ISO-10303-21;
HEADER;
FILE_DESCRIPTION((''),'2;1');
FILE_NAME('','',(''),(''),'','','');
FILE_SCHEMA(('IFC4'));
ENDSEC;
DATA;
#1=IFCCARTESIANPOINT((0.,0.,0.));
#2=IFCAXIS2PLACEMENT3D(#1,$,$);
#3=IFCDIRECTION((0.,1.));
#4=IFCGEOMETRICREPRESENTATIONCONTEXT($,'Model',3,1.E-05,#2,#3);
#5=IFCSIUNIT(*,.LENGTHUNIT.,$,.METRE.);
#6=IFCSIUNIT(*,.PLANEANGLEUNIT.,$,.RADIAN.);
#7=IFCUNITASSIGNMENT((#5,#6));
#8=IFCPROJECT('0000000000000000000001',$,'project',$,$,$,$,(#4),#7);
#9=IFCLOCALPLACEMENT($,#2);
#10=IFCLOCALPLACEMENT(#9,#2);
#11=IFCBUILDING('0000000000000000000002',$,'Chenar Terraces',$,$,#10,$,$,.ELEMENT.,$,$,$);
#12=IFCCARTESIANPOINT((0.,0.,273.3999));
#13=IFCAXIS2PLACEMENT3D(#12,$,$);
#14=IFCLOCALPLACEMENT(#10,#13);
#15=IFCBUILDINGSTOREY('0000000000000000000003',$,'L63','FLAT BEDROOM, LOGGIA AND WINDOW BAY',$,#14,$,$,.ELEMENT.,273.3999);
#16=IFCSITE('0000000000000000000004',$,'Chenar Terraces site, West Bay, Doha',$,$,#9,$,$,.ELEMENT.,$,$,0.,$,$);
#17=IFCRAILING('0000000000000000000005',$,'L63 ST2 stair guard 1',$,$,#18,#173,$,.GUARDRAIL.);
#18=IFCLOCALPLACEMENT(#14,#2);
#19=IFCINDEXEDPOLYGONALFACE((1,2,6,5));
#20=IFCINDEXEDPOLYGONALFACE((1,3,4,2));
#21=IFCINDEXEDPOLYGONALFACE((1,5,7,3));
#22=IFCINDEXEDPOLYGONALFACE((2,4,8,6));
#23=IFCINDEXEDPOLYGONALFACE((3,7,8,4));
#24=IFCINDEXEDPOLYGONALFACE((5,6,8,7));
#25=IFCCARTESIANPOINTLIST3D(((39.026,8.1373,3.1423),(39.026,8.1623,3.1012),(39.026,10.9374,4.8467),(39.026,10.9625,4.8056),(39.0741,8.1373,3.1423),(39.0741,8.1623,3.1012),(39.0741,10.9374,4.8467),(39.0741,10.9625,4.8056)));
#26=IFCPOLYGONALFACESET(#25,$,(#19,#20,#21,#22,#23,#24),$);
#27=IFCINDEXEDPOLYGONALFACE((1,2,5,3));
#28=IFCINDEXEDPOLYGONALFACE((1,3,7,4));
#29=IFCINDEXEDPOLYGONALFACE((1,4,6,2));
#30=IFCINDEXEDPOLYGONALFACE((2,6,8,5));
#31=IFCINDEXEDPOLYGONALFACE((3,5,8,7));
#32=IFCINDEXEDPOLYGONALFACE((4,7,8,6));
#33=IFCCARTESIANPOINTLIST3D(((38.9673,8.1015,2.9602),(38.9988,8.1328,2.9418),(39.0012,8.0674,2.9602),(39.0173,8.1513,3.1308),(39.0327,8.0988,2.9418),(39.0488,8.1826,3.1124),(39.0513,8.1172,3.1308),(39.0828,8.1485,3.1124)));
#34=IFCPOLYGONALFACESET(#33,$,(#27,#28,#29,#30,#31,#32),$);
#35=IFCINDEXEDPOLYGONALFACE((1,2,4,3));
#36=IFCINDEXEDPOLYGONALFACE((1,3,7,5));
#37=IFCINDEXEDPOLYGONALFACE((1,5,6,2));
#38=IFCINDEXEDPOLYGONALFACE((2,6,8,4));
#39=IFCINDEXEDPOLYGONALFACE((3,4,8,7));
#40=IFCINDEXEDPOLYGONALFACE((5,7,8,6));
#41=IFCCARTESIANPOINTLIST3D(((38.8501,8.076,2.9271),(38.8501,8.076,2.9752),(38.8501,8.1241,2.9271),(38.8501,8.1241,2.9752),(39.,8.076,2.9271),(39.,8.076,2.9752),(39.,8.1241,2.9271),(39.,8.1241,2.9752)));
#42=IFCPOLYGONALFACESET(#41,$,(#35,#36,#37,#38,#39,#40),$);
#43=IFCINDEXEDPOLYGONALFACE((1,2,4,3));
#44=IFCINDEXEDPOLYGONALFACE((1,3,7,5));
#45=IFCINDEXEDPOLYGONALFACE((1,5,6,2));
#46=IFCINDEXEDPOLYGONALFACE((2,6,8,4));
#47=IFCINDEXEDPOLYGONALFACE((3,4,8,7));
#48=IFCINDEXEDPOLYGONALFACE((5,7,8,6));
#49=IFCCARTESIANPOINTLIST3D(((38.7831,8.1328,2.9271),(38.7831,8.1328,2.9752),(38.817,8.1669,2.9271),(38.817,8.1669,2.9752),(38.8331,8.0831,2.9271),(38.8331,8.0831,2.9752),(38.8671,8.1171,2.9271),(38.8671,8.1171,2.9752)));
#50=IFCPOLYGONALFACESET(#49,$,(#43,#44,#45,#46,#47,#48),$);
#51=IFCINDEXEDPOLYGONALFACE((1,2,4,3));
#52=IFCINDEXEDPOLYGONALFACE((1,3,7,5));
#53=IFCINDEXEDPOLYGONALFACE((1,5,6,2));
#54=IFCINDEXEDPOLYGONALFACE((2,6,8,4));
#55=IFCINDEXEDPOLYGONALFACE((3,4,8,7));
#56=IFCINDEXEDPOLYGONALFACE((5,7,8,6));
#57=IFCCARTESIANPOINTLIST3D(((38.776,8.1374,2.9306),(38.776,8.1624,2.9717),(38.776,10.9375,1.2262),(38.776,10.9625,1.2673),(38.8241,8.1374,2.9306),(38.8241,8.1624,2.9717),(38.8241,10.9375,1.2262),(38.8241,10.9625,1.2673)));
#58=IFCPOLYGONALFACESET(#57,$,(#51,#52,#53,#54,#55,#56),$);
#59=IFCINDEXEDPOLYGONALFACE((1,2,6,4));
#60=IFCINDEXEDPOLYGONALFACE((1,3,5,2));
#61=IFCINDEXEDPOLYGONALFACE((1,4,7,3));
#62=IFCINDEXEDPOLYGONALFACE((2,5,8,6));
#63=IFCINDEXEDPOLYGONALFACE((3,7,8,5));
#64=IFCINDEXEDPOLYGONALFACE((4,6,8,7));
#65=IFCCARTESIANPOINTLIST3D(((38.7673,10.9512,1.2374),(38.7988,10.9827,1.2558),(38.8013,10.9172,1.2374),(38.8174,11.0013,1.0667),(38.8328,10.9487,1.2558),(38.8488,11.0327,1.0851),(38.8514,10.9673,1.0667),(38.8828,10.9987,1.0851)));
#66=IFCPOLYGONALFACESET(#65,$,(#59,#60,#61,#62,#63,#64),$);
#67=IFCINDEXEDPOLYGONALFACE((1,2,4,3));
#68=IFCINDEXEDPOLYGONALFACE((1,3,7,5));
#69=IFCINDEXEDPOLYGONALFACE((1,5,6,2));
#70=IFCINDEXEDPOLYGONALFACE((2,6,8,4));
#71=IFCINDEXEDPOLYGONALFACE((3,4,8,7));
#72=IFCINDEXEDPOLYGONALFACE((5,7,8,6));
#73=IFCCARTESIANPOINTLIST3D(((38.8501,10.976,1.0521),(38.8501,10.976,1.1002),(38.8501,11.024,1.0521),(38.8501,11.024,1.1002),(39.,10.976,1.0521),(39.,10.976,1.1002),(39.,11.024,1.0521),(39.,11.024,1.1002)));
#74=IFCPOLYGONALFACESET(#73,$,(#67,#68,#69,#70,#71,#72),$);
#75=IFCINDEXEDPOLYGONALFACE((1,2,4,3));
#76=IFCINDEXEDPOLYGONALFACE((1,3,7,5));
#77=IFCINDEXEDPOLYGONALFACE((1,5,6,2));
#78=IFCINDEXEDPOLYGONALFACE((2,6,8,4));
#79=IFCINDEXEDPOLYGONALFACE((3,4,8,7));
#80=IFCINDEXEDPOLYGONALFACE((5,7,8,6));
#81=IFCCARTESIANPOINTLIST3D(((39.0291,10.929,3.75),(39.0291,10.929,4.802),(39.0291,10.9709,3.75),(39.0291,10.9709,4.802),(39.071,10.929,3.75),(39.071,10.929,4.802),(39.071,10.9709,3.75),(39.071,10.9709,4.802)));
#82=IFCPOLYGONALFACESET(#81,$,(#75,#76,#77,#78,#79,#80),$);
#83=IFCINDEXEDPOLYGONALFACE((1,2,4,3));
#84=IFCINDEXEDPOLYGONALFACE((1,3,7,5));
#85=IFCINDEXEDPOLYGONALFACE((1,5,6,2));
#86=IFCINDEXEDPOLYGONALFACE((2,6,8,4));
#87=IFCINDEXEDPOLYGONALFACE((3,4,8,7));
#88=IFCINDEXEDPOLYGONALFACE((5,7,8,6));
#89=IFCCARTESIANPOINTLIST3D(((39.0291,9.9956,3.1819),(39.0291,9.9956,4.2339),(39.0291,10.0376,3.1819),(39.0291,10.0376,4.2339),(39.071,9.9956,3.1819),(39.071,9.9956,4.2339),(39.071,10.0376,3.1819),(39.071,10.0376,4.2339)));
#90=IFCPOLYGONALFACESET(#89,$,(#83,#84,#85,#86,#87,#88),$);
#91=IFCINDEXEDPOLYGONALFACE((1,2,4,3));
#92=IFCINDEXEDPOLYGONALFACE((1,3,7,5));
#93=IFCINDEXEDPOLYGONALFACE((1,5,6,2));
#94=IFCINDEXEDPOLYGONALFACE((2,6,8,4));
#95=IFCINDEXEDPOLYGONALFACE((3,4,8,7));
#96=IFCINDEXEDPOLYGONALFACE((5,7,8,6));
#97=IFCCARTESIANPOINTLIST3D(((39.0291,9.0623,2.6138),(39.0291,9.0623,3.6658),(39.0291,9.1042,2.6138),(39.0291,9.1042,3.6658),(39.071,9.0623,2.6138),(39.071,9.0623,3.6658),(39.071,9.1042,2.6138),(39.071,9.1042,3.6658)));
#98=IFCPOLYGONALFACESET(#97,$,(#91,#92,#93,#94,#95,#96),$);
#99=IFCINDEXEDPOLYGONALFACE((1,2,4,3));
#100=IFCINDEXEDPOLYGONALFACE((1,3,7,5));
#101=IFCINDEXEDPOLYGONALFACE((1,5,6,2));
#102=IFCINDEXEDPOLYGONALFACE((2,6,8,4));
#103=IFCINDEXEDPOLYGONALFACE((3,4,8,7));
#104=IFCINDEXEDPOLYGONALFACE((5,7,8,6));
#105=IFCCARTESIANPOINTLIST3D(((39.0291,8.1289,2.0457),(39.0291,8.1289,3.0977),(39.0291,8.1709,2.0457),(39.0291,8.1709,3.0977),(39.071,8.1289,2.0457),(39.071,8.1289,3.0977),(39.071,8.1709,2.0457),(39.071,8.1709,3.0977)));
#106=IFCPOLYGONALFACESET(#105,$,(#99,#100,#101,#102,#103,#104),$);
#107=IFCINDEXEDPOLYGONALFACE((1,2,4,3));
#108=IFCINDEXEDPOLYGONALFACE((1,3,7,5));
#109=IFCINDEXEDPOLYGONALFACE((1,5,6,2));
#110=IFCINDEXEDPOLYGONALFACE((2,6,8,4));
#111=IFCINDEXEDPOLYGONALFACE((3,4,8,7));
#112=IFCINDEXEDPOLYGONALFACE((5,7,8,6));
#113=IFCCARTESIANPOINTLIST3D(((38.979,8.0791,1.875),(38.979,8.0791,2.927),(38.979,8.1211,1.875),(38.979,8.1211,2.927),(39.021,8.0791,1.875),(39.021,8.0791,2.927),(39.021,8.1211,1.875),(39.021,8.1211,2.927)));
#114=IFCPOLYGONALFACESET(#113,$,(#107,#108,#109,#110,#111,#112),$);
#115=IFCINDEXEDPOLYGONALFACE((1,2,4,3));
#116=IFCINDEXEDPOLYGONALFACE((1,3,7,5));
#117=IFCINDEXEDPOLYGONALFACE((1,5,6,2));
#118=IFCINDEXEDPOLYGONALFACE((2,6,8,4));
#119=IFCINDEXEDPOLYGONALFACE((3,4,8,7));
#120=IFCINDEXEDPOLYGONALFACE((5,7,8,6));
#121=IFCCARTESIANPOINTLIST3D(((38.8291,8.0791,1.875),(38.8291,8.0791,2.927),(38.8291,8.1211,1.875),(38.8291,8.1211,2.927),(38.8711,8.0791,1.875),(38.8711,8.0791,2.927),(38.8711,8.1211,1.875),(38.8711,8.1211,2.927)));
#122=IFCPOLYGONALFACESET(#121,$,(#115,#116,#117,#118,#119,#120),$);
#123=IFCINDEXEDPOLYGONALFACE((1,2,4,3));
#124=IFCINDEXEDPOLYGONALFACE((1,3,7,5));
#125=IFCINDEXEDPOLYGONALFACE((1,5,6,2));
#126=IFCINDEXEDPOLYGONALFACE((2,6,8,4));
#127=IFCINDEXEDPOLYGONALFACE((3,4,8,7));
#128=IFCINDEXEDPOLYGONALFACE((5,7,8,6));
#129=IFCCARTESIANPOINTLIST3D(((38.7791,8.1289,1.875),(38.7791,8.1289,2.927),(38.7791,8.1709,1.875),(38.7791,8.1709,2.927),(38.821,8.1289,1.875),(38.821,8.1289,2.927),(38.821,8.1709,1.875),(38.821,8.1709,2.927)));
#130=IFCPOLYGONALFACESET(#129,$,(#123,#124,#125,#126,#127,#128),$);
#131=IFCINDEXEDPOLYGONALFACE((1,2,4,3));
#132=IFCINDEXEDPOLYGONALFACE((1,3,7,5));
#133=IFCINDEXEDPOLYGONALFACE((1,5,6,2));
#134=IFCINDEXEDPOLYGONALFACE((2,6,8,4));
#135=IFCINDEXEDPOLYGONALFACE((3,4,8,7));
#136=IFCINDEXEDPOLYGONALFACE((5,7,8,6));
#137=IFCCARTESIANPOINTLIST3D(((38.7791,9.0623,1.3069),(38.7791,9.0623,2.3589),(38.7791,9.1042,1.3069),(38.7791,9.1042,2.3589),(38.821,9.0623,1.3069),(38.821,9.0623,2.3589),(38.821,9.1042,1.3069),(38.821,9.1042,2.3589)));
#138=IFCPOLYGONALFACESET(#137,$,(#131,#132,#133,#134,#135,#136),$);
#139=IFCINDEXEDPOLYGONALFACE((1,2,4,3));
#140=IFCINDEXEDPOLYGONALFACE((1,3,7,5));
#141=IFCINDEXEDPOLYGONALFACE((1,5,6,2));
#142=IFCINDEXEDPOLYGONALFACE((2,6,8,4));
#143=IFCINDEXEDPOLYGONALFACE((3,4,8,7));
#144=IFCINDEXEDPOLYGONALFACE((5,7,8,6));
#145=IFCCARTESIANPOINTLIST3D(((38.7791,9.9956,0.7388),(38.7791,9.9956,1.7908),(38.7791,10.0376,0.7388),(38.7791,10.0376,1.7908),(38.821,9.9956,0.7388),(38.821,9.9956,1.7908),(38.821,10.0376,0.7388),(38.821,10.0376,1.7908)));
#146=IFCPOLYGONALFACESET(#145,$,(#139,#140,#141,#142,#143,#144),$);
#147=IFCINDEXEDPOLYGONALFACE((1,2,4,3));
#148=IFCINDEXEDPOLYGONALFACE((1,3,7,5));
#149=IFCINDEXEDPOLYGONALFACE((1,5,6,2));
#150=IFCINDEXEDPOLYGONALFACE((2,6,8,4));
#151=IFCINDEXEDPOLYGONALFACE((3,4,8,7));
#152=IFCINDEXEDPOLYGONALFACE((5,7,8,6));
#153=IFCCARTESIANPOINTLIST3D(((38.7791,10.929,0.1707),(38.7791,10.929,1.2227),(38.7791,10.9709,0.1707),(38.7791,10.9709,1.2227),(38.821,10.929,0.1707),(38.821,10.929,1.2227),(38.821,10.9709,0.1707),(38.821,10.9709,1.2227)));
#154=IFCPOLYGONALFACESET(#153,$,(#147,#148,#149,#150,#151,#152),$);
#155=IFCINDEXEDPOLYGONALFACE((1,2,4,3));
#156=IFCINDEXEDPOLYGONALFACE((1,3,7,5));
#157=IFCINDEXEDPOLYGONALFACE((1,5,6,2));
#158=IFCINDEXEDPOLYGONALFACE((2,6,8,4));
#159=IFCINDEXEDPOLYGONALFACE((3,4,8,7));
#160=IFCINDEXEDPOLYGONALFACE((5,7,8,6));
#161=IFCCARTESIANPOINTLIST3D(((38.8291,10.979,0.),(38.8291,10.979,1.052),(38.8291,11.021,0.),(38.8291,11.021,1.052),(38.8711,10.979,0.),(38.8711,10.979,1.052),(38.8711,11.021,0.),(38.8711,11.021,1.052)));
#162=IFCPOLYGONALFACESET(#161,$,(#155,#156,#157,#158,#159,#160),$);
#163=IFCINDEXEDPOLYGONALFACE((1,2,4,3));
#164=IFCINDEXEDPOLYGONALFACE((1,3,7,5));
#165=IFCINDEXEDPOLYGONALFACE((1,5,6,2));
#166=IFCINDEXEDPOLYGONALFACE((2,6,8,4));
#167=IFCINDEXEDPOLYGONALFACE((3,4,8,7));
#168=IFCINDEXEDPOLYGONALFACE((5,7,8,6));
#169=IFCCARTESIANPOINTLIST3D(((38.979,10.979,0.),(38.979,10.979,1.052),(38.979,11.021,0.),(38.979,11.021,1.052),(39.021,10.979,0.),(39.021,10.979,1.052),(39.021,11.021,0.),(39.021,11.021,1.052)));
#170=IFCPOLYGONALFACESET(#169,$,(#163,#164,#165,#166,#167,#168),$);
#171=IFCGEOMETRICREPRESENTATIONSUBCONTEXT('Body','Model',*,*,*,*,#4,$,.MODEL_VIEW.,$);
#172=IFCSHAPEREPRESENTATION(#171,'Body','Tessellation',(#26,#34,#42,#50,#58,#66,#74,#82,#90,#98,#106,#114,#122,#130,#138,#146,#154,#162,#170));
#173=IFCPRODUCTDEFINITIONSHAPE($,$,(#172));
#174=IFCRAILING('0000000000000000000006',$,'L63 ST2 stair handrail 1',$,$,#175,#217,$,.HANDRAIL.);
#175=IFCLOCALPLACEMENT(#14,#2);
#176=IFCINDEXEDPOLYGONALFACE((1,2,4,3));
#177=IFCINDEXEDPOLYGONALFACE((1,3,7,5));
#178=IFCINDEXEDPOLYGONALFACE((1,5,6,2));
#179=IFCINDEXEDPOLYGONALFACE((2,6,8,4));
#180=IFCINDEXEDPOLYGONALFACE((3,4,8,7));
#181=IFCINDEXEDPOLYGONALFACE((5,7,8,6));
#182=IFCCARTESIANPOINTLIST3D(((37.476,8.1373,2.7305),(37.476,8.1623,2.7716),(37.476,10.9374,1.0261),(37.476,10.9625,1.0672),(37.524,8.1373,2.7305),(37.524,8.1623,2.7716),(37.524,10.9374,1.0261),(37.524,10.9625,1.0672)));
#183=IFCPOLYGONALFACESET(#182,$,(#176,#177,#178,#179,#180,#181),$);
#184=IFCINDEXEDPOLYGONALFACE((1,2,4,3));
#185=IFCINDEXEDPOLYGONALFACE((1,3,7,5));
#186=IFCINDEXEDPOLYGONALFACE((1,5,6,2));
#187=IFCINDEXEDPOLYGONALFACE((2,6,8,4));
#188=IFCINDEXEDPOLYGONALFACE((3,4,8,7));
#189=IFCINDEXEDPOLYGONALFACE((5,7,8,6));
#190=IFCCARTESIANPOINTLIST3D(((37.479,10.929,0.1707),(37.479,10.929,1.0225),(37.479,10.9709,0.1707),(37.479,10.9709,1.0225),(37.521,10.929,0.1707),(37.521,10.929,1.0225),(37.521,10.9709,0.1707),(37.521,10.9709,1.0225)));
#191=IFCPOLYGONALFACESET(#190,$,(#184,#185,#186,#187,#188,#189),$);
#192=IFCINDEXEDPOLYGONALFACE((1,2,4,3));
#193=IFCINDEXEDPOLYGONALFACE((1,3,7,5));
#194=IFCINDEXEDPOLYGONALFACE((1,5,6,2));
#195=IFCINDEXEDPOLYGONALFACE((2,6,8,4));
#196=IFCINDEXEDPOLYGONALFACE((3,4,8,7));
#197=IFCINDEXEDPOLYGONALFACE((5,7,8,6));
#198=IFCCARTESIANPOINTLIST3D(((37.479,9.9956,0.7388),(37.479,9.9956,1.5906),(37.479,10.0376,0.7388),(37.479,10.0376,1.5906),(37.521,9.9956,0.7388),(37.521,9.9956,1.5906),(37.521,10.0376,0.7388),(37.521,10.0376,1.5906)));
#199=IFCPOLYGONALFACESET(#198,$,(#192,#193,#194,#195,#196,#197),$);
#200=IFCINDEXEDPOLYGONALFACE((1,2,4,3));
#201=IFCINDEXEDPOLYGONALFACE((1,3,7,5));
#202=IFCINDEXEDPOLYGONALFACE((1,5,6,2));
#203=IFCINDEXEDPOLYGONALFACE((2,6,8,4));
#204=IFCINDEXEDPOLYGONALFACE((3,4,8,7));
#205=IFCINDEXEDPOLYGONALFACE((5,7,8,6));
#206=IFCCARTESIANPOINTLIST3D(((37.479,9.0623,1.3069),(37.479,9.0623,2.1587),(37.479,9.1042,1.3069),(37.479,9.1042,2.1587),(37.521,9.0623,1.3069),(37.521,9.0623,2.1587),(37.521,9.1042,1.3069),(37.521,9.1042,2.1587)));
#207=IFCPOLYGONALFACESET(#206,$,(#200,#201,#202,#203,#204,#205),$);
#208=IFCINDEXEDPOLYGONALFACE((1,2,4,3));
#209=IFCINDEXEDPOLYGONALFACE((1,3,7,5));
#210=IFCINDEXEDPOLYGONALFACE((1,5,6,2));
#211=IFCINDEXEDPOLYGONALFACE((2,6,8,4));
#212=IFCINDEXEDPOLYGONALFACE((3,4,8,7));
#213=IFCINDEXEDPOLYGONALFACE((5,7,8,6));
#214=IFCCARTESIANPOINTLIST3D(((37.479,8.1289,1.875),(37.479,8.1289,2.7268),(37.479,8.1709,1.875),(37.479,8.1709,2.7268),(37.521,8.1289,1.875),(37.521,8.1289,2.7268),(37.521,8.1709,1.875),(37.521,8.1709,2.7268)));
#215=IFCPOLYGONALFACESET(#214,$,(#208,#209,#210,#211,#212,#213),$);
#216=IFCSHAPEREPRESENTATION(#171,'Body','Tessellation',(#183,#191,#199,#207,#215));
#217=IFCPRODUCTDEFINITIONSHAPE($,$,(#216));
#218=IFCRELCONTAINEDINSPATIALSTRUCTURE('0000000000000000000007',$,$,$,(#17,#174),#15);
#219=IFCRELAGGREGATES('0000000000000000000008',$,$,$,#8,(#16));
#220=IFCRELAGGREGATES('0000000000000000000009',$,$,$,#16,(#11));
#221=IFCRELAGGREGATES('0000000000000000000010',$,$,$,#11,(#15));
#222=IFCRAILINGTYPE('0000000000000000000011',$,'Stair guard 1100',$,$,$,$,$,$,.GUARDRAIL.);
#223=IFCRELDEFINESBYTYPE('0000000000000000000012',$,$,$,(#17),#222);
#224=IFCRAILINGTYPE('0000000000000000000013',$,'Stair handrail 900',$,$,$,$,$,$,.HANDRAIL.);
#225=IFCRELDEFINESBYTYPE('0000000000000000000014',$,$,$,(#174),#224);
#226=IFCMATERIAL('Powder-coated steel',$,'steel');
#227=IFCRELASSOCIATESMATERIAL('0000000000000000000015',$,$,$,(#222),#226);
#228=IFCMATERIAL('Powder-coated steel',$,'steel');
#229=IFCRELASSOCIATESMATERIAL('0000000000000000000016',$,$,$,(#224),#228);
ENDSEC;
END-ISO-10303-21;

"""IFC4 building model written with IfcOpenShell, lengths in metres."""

from ifc_helpers import new_model, si_unit, direction, frame, origin, origin_2d, place, context, subcontext, project, spatial, rectangle, extrude, material, type_object, element, save


model = new_model("IFC4")

# Units and contexts
model_context = context("Model", 3, precision=1e-05, world=origin(), true_north=direction((0.0, 1.0)))
body_context = subcontext(model_context, "Body", "Model", "MODEL_VIEW")
ifc_project = project(units=[si_unit("LENGTHUNIT", "METRE"), si_unit("PLANEANGLEUNIT", "RADIAN")], contexts=[model_context])

# Site, building, storey
site_placement = place(None, origin())
site = spatial("IfcSite", under=ifc_project, at=site_placement, Name="Chenar Terraces site, West Bay, Doha", CompositionType="ELEMENT", RefElevation=0.0)
building_placement = place(site_placement, origin())
building = spatial("IfcBuilding", under=site, at=building_placement, Name="Chenar Terraces", CompositionType="ELEMENT")
storey_placement = place(building_placement, frame((0.0, 0.0, 273.3999)))
storey = spatial("IfcBuildingStorey", under=building, at=storey_placement, Name="L63", Description="FLAT BEDROOM, LOGGIA AND WINDOW BAY", CompositionType="ELEMENT", Elevation=273.3999)

# Railings
ifc_material_1 = material(Name="Powder-coated steel", Category="steel")
railing_type_1 = type_object("IfcRailingType", Name="Stair guard 1100", PredefinedType="GUARDRAIL", material=ifc_material_1)
railing_1_placement = place(storey_placement, frame((39.05, 10.95, 3.75)))
element("IfcRailing", 1, at=railing_1_placement, inside=storey, type_object=railing_type_1, Name="L63 ST2 stair guard 1", PredefinedType="GUARDRAIL", context=body_context, shape_type="SweptSolid", body=[
    extrude(rectangle(XDim=0.0481, YDim=0.0481, at=origin_2d()), frame((0.0, 0.0, 1.0762), z_axis=(0.0, -0.854203, -0.51994), x_axis=(1.0, 0.0, 0.0)), (0.0, 0.0, 1.0), 3.2781),
    extrude(rectangle(XDim=0.0481, YDim=0.0481, at=origin_2d()), frame((0.0, -2.8, -0.6284), z_axis=(-0.270997, -0.269675, -0.924033), x_axis=(0.705376, -0.708834, 0.0)), (0.0, 0.0, 1.0), 0.1846),
    extrude(rectangle(XDim=0.0481, YDim=0.0481, at=origin_2d()), frame((-0.05, -2.8499, -0.7988), z_axis=(-1.0, 0.0, 0.0), x_axis=(0.0, -1.0, 0.0)), (0.0, 0.0, 1.0), 0.1499),
    extrude(rectangle(XDim=0.0481, YDim=0.0481, at=origin_2d()), frame((-0.2, -2.8499, -0.7988), z_axis=(-0.708834, 0.705376, 0.0), x_axis=(-0.705376, -0.708834, 0.0)), (0.0, 0.0, 1.0), 0.0706),
    extrude(rectangle(XDim=0.0481, YDim=0.0481, at=origin_2d()), frame((-0.25, -2.8, -0.7988), z_axis=(0.0, 0.854203, -0.51994), x_axis=(-1.0, 0.0, 0.0)), (0.0, 0.0, 1.0), 3.2781),
    extrude(rectangle(XDim=0.0481, YDim=0.0481, at=origin_2d()), frame((-0.25, 0.0, -2.5034), z_axis=(0.2709, 0.2709, -0.923703), x_axis=(-0.707107, 0.707107, 0.0)), (0.0, 0.0, 1.0), 0.1848),
    extrude(rectangle(XDim=0.0481, YDim=0.0481, at=origin_2d()), frame((-0.2, 0.05, -2.6738), z_axis=(1.0, 0.0, 0.0), x_axis=(0.0, 1.0, 0.0)), (0.0, 0.0, 1.0), 0.1499),
    extrude(rectangle(XDim=0.042, YDim=0.042, at=origin_2d()), origin(), (0.0, 0.0, 1.0), 1.052),
    extrude(rectangle(XDim=0.042, YDim=0.042, at=origin_2d()), frame((0.0, -0.9333, -0.5681)), (0.0, 0.0, 1.0), 1.052),
    extrude(rectangle(XDim=0.042, YDim=0.042, at=origin_2d()), frame((0.0, -1.8667, -1.1362)), (0.0, 0.0, 1.0), 1.052),
    extrude(rectangle(XDim=0.042, YDim=0.042, at=origin_2d()), frame((0.0, -2.8, -1.7043)), (0.0, 0.0, 1.0), 1.052),
    extrude(rectangle(XDim=0.042, YDim=0.042, at=origin_2d()), frame((-0.05, -2.8499, -1.875)), (0.0, 0.0, 1.0), 1.052),
    extrude(rectangle(XDim=0.042, YDim=0.042, at=origin_2d()), frame((-0.2, -2.8499, -1.875)), (0.0, 0.0, 1.0), 1.052),
    extrude(rectangle(XDim=0.042, YDim=0.042, at=origin_2d()), frame((-0.25, -2.8, -1.875)), (0.0, 0.0, 1.0), 1.052),
    extrude(rectangle(XDim=0.042, YDim=0.042, at=origin_2d()), frame((-0.25, -1.8667, -2.4431)), (0.0, 0.0, 1.0), 1.052),
    extrude(rectangle(XDim=0.042, YDim=0.042, at=origin_2d()), frame((-0.25, -0.9333, -3.0112)), (0.0, 0.0, 1.0), 1.052),
    extrude(rectangle(XDim=0.042, YDim=0.042, at=origin_2d()), frame((-0.25, 0.0, -3.5793)), (0.0, 0.0, 1.0), 1.052),
    extrude(rectangle(XDim=0.042, YDim=0.042, at=origin_2d()), frame((-0.2, 0.05, -3.75)), (0.0, 0.0, 1.0), 1.052),
    extrude(rectangle(XDim=0.042, YDim=0.042, at=origin_2d()), frame((-0.05, 0.05, -3.75)), (0.0, 0.0, 1.0), 1.052),
])
ifc_material_2 = material(Name="Powder-coated steel", Category="steel")
railing_type_2 = type_object("IfcRailingType", Name="Stair handrail 900", PredefinedType="HANDRAIL", material=ifc_material_2)
railing_2_placement = place(storey_placement, frame((37.5, 10.95, 0.1707)))
element("IfcRailing", 2, at=railing_2_placement, inside=storey, type_object=railing_type_2, Name="L63 ST2 stair handrail 1", PredefinedType="HANDRAIL", context=body_context, shape_type="SweptSolid", body=[
    extrude(rectangle(XDim=0.0481, YDim=0.0481, at=origin_2d()), frame((0.0, 0.0, 0.876), z_axis=(0.0, -0.854203, 0.51994), x_axis=(1.0, 0.0, 0.0)), (0.0, 0.0, 1.0), 3.2781),
    extrude(rectangle(XDim=0.042, YDim=0.042, at=origin_2d()), origin(), (0.0, 0.0, 1.0), 0.8518),
    extrude(rectangle(XDim=0.042, YDim=0.042, at=origin_2d()), frame((0.0, -0.9333, 0.5681)), (0.0, 0.0, 1.0), 0.8518),
    extrude(rectangle(XDim=0.042, YDim=0.042, at=origin_2d()), frame((0.0, -1.8667, 1.1362)), (0.0, 0.0, 1.0), 0.8518),
    extrude(rectangle(XDim=0.042, YDim=0.042, at=origin_2d()), frame((0.0, -2.8, 1.7043)), (0.0, 0.0, 1.0), 0.8518),
])

save(model, "model.ifc")
